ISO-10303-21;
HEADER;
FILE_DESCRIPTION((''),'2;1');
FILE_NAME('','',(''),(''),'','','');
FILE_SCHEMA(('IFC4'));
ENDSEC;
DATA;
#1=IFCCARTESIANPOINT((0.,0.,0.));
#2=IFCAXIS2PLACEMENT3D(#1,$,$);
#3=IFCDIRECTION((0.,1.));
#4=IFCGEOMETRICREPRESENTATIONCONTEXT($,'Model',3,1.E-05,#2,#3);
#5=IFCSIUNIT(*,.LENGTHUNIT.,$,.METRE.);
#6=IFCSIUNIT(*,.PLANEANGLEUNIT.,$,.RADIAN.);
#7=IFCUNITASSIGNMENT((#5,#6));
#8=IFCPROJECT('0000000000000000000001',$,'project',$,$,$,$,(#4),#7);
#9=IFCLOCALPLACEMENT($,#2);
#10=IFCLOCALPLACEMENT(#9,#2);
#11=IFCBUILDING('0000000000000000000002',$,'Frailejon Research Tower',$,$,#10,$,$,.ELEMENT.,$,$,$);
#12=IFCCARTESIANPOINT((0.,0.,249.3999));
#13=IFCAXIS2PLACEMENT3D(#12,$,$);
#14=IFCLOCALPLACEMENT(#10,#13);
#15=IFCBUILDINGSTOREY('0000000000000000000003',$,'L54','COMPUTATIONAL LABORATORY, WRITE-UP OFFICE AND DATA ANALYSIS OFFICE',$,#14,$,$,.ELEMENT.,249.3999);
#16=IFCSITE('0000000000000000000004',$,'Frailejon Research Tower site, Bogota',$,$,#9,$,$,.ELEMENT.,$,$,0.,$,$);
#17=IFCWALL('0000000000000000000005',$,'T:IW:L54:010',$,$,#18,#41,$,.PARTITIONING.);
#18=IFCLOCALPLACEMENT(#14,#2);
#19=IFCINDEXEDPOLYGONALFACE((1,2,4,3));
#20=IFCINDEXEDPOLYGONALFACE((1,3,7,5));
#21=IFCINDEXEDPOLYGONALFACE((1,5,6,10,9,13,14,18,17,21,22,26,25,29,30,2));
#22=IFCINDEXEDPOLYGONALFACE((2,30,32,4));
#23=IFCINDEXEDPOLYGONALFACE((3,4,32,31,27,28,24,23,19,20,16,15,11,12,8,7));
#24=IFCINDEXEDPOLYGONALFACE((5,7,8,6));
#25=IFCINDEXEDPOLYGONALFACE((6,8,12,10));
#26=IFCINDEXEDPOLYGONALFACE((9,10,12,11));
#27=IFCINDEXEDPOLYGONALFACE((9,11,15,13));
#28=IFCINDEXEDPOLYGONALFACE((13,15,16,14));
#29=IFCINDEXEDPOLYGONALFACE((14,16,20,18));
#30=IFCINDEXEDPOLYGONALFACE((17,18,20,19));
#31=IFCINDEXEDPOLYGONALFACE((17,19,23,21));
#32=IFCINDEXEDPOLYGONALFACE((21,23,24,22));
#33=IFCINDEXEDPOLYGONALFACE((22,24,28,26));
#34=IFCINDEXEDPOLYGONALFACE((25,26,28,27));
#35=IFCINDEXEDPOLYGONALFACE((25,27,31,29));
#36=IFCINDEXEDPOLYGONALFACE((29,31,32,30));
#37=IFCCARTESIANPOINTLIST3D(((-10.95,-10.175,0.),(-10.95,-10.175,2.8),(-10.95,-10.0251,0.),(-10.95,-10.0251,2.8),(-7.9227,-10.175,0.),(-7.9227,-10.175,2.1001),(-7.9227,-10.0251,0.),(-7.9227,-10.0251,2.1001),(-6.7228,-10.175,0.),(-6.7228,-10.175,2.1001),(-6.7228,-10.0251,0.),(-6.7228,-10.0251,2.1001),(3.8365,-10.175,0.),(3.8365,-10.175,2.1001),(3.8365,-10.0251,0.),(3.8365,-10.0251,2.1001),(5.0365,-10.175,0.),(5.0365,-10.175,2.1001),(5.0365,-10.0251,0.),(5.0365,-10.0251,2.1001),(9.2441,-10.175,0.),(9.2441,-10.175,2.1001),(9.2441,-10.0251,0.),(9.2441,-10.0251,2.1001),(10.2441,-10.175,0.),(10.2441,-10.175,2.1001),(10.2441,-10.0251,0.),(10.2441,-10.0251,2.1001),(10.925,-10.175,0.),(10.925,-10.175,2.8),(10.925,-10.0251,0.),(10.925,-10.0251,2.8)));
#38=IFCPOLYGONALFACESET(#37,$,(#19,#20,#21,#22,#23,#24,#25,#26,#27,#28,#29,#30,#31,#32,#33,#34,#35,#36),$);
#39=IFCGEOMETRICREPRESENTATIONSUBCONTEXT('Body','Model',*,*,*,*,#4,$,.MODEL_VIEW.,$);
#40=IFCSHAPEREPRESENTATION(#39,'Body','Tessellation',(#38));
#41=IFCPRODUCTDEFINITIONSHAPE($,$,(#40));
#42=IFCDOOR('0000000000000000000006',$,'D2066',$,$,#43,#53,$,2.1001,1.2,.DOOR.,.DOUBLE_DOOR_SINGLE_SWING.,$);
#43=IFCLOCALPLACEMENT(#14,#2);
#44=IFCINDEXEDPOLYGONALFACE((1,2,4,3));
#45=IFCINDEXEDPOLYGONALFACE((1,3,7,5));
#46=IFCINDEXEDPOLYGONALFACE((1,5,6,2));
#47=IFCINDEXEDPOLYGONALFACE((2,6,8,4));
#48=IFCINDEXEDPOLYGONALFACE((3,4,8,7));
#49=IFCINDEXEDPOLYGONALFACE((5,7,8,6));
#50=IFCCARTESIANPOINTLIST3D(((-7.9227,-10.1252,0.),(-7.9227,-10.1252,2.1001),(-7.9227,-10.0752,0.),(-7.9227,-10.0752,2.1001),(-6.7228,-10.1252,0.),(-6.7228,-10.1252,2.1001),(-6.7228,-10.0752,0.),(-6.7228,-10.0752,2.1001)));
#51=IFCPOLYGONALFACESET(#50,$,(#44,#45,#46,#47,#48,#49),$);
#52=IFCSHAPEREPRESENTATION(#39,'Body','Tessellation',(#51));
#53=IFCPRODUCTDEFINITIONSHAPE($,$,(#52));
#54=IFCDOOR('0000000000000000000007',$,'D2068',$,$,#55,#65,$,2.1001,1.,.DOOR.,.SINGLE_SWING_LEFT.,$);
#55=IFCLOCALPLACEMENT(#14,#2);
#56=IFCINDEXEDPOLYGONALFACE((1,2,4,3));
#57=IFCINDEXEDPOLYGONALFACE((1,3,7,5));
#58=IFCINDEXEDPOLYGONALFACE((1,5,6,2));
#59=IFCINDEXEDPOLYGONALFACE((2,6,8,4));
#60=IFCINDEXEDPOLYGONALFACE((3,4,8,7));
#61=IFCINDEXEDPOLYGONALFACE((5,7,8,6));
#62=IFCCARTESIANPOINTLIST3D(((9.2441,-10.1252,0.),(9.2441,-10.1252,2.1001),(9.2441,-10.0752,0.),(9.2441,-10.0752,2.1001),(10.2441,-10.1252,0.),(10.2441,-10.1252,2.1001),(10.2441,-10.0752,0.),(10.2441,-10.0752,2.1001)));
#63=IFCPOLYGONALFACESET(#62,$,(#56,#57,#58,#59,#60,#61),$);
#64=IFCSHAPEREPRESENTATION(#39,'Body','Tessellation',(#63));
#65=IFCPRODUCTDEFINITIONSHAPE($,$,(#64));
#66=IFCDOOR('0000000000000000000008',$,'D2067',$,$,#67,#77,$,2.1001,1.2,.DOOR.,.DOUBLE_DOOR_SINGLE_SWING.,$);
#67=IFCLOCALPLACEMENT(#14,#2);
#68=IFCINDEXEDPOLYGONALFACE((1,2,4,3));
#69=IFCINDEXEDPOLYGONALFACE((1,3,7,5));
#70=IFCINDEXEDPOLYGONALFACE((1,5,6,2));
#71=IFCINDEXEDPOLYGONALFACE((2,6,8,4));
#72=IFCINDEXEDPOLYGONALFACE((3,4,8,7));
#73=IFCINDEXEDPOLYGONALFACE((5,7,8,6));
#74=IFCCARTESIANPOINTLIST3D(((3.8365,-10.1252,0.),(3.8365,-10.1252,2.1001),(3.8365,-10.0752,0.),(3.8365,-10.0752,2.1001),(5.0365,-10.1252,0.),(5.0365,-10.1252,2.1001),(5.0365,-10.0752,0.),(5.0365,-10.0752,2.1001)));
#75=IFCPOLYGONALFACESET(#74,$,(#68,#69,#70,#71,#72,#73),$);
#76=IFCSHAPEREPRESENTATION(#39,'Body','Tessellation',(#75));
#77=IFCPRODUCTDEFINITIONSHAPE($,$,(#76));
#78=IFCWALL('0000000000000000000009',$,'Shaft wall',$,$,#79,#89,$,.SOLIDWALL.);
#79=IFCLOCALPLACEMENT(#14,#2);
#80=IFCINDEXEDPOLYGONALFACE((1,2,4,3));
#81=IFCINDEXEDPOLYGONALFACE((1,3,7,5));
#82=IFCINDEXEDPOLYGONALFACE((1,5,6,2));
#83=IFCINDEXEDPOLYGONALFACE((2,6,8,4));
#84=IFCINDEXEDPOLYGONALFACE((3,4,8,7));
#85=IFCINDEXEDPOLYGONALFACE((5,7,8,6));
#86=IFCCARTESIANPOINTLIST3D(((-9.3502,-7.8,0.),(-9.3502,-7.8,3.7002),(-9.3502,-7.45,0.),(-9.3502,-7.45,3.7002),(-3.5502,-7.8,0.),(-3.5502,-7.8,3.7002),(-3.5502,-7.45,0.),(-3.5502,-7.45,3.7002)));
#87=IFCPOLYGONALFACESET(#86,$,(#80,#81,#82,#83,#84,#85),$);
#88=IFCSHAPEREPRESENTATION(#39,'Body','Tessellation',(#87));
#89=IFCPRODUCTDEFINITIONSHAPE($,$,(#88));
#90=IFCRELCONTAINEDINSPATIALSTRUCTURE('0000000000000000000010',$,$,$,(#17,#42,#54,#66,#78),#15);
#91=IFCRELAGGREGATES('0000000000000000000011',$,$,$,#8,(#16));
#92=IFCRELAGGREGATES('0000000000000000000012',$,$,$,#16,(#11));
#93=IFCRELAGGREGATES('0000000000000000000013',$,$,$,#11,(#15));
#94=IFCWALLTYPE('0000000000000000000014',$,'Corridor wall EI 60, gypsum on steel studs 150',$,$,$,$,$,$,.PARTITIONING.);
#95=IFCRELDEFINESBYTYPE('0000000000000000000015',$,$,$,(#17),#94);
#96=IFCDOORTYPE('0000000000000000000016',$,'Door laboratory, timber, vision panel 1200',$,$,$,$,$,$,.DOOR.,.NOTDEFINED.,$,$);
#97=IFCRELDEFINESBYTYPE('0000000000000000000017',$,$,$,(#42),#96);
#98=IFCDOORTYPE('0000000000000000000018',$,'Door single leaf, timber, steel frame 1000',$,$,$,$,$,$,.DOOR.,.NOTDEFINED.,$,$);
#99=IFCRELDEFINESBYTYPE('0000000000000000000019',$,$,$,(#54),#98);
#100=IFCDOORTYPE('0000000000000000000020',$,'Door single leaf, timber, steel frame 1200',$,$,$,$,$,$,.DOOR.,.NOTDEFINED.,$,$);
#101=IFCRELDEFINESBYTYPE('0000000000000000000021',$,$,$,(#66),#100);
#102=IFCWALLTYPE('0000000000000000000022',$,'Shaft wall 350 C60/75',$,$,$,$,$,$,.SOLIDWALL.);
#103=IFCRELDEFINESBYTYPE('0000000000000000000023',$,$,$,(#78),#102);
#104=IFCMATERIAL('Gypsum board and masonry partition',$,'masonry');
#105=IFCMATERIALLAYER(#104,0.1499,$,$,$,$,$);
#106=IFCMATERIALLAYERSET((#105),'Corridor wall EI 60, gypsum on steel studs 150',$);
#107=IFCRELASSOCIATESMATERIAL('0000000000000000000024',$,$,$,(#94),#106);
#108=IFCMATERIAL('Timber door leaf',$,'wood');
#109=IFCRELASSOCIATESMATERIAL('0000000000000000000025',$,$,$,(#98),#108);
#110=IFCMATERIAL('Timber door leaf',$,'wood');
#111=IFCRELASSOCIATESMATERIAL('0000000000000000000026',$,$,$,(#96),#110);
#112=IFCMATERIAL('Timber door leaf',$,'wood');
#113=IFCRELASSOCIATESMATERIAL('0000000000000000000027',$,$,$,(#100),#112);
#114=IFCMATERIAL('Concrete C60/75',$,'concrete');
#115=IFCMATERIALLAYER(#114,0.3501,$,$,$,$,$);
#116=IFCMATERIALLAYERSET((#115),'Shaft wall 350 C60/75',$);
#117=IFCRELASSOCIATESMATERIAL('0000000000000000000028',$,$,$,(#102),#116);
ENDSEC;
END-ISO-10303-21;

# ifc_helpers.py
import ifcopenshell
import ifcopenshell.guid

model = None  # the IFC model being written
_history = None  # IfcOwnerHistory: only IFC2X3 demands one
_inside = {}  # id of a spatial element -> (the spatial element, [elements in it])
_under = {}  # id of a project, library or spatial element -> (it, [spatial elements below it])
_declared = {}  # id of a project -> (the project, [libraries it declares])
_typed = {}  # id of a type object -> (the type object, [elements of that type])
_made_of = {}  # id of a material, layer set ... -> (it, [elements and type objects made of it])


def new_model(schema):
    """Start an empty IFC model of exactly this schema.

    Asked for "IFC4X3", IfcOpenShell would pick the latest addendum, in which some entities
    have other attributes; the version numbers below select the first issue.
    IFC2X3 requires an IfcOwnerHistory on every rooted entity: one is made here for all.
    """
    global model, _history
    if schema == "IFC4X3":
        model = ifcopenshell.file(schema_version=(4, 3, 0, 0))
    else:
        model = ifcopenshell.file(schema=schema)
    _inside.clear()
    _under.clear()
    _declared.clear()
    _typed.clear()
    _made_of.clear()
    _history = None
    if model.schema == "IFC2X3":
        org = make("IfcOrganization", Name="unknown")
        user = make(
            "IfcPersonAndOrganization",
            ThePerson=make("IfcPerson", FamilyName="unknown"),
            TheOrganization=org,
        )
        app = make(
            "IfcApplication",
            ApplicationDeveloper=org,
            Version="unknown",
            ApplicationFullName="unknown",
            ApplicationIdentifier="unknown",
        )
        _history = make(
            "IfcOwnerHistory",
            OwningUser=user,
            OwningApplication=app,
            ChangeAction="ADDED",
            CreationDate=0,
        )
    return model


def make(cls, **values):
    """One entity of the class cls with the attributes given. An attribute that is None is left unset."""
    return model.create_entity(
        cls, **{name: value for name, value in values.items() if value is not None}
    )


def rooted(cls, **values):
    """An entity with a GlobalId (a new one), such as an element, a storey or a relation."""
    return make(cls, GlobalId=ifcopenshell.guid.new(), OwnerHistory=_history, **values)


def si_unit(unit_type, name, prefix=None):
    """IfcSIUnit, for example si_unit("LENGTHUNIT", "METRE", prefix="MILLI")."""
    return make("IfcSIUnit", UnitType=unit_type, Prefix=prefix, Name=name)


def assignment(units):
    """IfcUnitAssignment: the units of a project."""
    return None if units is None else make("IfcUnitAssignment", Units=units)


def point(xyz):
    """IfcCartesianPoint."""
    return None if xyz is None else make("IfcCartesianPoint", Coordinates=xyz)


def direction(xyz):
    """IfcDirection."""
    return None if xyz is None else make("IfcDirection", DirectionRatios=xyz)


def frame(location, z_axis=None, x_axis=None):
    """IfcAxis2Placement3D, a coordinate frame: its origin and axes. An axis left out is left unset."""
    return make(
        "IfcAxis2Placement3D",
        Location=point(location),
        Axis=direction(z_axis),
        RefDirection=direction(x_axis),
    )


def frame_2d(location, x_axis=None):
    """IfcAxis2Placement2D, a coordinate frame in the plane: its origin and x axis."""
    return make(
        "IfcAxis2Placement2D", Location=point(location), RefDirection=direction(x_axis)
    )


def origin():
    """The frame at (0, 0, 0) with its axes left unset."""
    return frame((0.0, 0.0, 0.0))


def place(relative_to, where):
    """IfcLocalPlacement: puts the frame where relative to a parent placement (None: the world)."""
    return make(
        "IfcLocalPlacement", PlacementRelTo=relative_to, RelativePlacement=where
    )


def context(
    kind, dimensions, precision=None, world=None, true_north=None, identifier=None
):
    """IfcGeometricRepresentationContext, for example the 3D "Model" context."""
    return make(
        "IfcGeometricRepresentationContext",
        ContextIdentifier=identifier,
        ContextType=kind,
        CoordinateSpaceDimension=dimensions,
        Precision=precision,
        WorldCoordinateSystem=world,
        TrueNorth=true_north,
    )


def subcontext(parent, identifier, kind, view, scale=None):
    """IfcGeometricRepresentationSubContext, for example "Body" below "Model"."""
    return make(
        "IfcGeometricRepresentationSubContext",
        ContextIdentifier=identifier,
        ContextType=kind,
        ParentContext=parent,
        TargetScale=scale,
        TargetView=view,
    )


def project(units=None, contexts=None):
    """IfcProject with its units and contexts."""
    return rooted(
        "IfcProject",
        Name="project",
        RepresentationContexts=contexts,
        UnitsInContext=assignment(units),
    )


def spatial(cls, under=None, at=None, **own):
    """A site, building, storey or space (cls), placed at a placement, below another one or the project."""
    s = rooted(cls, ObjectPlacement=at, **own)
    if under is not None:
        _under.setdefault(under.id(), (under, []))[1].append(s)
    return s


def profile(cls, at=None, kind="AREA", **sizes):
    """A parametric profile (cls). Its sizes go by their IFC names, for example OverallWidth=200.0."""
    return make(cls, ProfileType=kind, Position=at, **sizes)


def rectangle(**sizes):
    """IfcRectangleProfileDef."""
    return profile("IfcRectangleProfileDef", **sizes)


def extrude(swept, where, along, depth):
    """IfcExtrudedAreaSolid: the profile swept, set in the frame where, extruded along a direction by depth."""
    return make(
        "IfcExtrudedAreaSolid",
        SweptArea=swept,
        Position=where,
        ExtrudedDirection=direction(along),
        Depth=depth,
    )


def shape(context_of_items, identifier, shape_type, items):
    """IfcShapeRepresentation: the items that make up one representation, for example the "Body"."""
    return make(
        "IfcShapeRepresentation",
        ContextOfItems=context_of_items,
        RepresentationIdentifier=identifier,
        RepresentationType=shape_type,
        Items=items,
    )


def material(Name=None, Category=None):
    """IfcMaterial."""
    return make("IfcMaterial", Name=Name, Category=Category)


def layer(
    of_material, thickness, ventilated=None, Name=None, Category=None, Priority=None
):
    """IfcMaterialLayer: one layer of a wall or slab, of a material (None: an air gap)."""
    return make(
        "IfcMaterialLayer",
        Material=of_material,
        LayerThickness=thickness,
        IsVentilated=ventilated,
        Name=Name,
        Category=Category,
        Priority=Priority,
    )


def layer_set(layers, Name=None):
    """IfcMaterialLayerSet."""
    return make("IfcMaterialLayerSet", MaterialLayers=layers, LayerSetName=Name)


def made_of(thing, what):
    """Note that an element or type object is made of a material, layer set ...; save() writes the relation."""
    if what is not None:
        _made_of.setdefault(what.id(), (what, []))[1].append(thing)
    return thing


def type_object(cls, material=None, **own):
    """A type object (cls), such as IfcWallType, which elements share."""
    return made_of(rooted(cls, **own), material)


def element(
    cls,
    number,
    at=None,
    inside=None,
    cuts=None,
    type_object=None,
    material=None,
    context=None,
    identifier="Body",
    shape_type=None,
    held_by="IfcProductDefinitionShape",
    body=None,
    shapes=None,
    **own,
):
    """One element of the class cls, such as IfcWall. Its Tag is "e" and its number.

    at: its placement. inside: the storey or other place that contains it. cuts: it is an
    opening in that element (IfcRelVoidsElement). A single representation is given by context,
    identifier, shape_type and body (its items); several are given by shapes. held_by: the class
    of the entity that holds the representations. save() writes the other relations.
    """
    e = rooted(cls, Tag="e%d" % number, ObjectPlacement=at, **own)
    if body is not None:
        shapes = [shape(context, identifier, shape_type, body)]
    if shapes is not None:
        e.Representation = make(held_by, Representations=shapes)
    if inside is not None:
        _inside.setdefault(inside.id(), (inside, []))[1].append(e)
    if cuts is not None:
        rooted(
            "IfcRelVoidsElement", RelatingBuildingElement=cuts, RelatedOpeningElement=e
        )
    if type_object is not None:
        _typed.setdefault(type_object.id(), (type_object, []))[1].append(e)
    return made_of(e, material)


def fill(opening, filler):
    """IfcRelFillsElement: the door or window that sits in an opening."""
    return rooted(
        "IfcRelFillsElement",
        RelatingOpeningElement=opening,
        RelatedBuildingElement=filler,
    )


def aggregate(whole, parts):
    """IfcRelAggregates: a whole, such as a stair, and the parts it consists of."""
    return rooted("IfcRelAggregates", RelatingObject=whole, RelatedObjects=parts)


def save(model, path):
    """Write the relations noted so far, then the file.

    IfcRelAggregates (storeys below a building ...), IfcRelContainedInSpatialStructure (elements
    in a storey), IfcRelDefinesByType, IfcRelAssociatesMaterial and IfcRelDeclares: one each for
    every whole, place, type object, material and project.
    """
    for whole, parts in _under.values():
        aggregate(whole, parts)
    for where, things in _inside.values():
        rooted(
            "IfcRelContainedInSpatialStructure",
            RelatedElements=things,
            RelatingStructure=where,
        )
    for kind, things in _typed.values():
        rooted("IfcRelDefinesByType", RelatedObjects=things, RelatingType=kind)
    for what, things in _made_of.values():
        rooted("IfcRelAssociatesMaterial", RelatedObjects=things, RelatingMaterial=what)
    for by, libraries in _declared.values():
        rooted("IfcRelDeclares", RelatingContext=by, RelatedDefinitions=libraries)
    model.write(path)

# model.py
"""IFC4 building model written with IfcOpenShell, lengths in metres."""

from ifc_helpers import new_model, si_unit, direction, frame, frame_2d, origin, place, context, subcontext, project, spatial, rectangle, extrude, material, layer, layer_set, type_object, element, fill, save


model = new_model("IFC4")

# Units and contexts
model_context = context("Model", 3, precision=1e-05, world=origin(), true_north=direction((0.0, 1.0)))
body_context = subcontext(model_context, "Body", "Model", "MODEL_VIEW")
ifc_project = project(units=[si_unit("LENGTHUNIT", "METRE"), si_unit("PLANEANGLEUNIT", "RADIAN")], contexts=[model_context])

# Site, building, storey
site_placement = place(None, origin())
site = spatial("IfcSite", under=ifc_project, at=site_placement, Name="Frailejon Research Tower site, Bogota", CompositionType="ELEMENT", RefElevation=0.0)
building_placement = place(site_placement, origin())
building = spatial("IfcBuilding", under=site, at=building_placement, Name="Frailejon Research Tower", CompositionType="ELEMENT")
storey_placement = place(building_placement, frame((0.0, 0.0, 249.3999)))
storey = spatial("IfcBuildingStorey", under=building, at=storey_placement, Name="L54", Description="COMPUTATIONAL LABORATORY, WRITE-UP OFFICE AND DATA ANALYSIS OFFICE", CompositionType="ELEMENT", Elevation=249.3999)

# Shared definitions
ifc_material_1 = material(Name="Gypsum board and masonry partition", Category="masonry")
ifc_layer_1 = layer(ifc_material_1, 0.1499)
ifc_layer_set_1 = layer_set([ifc_layer_1], Name="Corridor wall EI 60, gypsum on steel studs 150")
wall_type_1 = type_object("IfcWallType", Name="Corridor wall EI 60, gypsum on steel studs 150", PredefinedType="PARTITIONING", material=ifc_layer_set_1)
ifc_material_2 = material(Name="Timber door leaf", Category="wood")
door_type_1 = type_object("IfcDoorType", Name="Door single leaf, timber, steel frame 1000", OperationType="NOTDEFINED", PredefinedType="DOOR", material=ifc_material_2)

# Wall, openings, doors
wall_1_placement = place(storey_placement, frame((-10.95, -10.1001, 0.0), z_axis=(0.0, 0.0, 1.0), x_axis=(1.0, 0.0, 0.0)))
wall_1 = element("IfcWall", 1, at=wall_1_placement, inside=storey, type_object=wall_type_1, Name="T:IW:L54:010", PredefinedType="PARTITIONING", context=body_context, shape_type="SweptSolid", body=[
    extrude(rectangle(XDim=21.875, YDim=0.1499, at=frame_2d((10.9375, 0.0))), origin(), (0.0, 0.0, 1.0), 2.8),
])
opening_1_placement = place(wall_1_placement, frame((3.0271, 0.0, 0.0)))
opening_1 = element("IfcOpeningElement", 2, at=opening_1_placement, cuts=wall_1, PredefinedType="OPENING", context=body_context, shape_type="SweptSolid", body=[
    extrude(rectangle(XDim=1.2, YDim=2.1001, at=frame_2d((0.6001, 1.05))), frame((0.0, 0.085, 0.0), z_axis=(0.0, -1.0, 0.0), x_axis=(1.0, 0.0, 0.0)), (0.0, 0.0, 1.0), 0.1699),
])
opening_2_placement = place(wall_1_placement, frame((14.7864, 0.0, 0.0)))
opening_2 = element("IfcOpeningElement", 3, at=opening_2_placement, cuts=wall_1, PredefinedType="OPENING", context=body_context, shape_type="SweptSolid", body=[
    extrude(rectangle(XDim=1.2, YDim=2.1001, at=frame_2d((0.6001, 1.05))), frame((0.0, 0.085, 0.0), z_axis=(0.0, -1.0, 0.0), x_axis=(1.0, 0.0, 0.0)), (0.0, 0.0, 1.0), 0.1699),
])
opening_3_placement = place(wall_1_placement, frame((20.1941, 0.0, 0.0)))
opening_3 = element("IfcOpeningElement", 4, at=opening_3_placement, cuts=wall_1, PredefinedType="OPENING", context=body_context, shape_type="SweptSolid", body=[
    extrude(rectangle(XDim=1.0, YDim=2.1001, at=frame_2d((0.5, 1.05))), frame((0.0, 0.085, 0.0), z_axis=(0.0, -1.0, 0.0), x_axis=(1.0, 0.0, 0.0)), (0.0, 0.0, 1.0), 0.1699),
])
ifc_material_3 = material(Name="Timber door leaf", Category="wood")
door_type_2 = type_object("IfcDoorType", Name="Door laboratory, timber, vision panel 1200", OperationType="NOTDEFINED", PredefinedType="DOOR", material=ifc_material_3)
door_1_placement = place(opening_1_placement, origin())
door_1 = element("IfcDoor", 5, at=door_1_placement, inside=storey, type_object=door_type_2, Name="D2066", OperationType="DOUBLE_DOOR_SINGLE_SWING", OverallHeight=2.1001, OverallWidth=1.2, PredefinedType="DOOR", context=body_context, shape_type="SweptSolid", body=[
    extrude(rectangle(XDim=1.2, YDim=2.1001, at=frame_2d((0.6001, 1.05))), frame((0.0, 0.0249, 0.0), z_axis=(0.0, -1.0, 0.0), x_axis=(1.0, 0.0, 0.0)), (0.0, 0.0, 1.0), 0.05),
])
fill(opening_1, door_1)
door_2_placement = place(opening_3_placement, origin())
door_2 = element("IfcDoor", 6, at=door_2_placement, inside=storey, type_object=door_type_1, Name="D2068", OperationType="SINGLE_SWING_LEFT", OverallHeight=2.1001, OverallWidth=1.0, PredefinedType="DOOR", context=body_context, shape_type="SweptSolid", body=[
    extrude(rectangle(XDim=1.0, YDim=2.1001, at=frame_2d((0.5, 1.05))), frame((0.0, 0.0249, 0.0), z_axis=(0.0, -1.0, 0.0), x_axis=(1.0, 0.0, 0.0)), (0.0, 0.0, 1.0), 0.05),
])
fill(opening_3, door_2)
ifc_material_4 = material(Name="Timber door leaf", Category="wood")
door_type_3 = type_object("IfcDoorType", Name="Door single leaf, timber, steel frame 1200", OperationType="NOTDEFINED", PredefinedType="DOOR", material=ifc_material_4)
door_3_placement = place(opening_2_placement, origin())
door_3 = element("IfcDoor", 7, at=door_3_placement, inside=storey, type_object=door_type_3, Name="D2067", OperationType="DOUBLE_DOOR_SINGLE_SWING", OverallHeight=2.1001, OverallWidth=1.2, PredefinedType="DOOR", context=body_context, shape_type="SweptSolid", body=[
    extrude(rectangle(XDim=1.2, YDim=2.1001, at=frame_2d((0.6001, 1.05))), frame((0.0, 0.0249, 0.0), z_axis=(0.0, -1.0, 0.0), x_axis=(1.0, 0.0, 0.0)), (0.0, 0.0, 1.0), 0.05),
])
fill(opening_2, door_3)

# Wall
ifc_material_5 = material(Name="Concrete C60/75", Category="concrete")
ifc_layer_2 = layer(ifc_material_5, 0.3501)
ifc_layer_set_2 = layer_set([ifc_layer_2], Name="Shaft wall 350 C60/75")
wall_type_2 = type_object("IfcWallType", Name="Shaft wall 350 C60/75", PredefinedType="SOLIDWALL", material=ifc_layer_set_2)
wall_2_placement = place(storey_placement, frame((-9.3501, -7.625, 0.0), z_axis=(0.0, 0.0, 1.0), x_axis=(1.0, 0.0, 0.0)))
element("IfcWall", 8, at=wall_2_placement, inside=storey, type_object=wall_type_2, Name="Shaft wall", PredefinedType="SOLIDWALL", context=body_context, shape_type="SweptSolid", body=[
    extrude(rectangle(XDim=5.8, YDim=0.3501, at=frame_2d((2.8999, 0.0))), origin(), (0.0, 0.0, 1.0), 3.7002),
])

save(model, "model.ifc")
